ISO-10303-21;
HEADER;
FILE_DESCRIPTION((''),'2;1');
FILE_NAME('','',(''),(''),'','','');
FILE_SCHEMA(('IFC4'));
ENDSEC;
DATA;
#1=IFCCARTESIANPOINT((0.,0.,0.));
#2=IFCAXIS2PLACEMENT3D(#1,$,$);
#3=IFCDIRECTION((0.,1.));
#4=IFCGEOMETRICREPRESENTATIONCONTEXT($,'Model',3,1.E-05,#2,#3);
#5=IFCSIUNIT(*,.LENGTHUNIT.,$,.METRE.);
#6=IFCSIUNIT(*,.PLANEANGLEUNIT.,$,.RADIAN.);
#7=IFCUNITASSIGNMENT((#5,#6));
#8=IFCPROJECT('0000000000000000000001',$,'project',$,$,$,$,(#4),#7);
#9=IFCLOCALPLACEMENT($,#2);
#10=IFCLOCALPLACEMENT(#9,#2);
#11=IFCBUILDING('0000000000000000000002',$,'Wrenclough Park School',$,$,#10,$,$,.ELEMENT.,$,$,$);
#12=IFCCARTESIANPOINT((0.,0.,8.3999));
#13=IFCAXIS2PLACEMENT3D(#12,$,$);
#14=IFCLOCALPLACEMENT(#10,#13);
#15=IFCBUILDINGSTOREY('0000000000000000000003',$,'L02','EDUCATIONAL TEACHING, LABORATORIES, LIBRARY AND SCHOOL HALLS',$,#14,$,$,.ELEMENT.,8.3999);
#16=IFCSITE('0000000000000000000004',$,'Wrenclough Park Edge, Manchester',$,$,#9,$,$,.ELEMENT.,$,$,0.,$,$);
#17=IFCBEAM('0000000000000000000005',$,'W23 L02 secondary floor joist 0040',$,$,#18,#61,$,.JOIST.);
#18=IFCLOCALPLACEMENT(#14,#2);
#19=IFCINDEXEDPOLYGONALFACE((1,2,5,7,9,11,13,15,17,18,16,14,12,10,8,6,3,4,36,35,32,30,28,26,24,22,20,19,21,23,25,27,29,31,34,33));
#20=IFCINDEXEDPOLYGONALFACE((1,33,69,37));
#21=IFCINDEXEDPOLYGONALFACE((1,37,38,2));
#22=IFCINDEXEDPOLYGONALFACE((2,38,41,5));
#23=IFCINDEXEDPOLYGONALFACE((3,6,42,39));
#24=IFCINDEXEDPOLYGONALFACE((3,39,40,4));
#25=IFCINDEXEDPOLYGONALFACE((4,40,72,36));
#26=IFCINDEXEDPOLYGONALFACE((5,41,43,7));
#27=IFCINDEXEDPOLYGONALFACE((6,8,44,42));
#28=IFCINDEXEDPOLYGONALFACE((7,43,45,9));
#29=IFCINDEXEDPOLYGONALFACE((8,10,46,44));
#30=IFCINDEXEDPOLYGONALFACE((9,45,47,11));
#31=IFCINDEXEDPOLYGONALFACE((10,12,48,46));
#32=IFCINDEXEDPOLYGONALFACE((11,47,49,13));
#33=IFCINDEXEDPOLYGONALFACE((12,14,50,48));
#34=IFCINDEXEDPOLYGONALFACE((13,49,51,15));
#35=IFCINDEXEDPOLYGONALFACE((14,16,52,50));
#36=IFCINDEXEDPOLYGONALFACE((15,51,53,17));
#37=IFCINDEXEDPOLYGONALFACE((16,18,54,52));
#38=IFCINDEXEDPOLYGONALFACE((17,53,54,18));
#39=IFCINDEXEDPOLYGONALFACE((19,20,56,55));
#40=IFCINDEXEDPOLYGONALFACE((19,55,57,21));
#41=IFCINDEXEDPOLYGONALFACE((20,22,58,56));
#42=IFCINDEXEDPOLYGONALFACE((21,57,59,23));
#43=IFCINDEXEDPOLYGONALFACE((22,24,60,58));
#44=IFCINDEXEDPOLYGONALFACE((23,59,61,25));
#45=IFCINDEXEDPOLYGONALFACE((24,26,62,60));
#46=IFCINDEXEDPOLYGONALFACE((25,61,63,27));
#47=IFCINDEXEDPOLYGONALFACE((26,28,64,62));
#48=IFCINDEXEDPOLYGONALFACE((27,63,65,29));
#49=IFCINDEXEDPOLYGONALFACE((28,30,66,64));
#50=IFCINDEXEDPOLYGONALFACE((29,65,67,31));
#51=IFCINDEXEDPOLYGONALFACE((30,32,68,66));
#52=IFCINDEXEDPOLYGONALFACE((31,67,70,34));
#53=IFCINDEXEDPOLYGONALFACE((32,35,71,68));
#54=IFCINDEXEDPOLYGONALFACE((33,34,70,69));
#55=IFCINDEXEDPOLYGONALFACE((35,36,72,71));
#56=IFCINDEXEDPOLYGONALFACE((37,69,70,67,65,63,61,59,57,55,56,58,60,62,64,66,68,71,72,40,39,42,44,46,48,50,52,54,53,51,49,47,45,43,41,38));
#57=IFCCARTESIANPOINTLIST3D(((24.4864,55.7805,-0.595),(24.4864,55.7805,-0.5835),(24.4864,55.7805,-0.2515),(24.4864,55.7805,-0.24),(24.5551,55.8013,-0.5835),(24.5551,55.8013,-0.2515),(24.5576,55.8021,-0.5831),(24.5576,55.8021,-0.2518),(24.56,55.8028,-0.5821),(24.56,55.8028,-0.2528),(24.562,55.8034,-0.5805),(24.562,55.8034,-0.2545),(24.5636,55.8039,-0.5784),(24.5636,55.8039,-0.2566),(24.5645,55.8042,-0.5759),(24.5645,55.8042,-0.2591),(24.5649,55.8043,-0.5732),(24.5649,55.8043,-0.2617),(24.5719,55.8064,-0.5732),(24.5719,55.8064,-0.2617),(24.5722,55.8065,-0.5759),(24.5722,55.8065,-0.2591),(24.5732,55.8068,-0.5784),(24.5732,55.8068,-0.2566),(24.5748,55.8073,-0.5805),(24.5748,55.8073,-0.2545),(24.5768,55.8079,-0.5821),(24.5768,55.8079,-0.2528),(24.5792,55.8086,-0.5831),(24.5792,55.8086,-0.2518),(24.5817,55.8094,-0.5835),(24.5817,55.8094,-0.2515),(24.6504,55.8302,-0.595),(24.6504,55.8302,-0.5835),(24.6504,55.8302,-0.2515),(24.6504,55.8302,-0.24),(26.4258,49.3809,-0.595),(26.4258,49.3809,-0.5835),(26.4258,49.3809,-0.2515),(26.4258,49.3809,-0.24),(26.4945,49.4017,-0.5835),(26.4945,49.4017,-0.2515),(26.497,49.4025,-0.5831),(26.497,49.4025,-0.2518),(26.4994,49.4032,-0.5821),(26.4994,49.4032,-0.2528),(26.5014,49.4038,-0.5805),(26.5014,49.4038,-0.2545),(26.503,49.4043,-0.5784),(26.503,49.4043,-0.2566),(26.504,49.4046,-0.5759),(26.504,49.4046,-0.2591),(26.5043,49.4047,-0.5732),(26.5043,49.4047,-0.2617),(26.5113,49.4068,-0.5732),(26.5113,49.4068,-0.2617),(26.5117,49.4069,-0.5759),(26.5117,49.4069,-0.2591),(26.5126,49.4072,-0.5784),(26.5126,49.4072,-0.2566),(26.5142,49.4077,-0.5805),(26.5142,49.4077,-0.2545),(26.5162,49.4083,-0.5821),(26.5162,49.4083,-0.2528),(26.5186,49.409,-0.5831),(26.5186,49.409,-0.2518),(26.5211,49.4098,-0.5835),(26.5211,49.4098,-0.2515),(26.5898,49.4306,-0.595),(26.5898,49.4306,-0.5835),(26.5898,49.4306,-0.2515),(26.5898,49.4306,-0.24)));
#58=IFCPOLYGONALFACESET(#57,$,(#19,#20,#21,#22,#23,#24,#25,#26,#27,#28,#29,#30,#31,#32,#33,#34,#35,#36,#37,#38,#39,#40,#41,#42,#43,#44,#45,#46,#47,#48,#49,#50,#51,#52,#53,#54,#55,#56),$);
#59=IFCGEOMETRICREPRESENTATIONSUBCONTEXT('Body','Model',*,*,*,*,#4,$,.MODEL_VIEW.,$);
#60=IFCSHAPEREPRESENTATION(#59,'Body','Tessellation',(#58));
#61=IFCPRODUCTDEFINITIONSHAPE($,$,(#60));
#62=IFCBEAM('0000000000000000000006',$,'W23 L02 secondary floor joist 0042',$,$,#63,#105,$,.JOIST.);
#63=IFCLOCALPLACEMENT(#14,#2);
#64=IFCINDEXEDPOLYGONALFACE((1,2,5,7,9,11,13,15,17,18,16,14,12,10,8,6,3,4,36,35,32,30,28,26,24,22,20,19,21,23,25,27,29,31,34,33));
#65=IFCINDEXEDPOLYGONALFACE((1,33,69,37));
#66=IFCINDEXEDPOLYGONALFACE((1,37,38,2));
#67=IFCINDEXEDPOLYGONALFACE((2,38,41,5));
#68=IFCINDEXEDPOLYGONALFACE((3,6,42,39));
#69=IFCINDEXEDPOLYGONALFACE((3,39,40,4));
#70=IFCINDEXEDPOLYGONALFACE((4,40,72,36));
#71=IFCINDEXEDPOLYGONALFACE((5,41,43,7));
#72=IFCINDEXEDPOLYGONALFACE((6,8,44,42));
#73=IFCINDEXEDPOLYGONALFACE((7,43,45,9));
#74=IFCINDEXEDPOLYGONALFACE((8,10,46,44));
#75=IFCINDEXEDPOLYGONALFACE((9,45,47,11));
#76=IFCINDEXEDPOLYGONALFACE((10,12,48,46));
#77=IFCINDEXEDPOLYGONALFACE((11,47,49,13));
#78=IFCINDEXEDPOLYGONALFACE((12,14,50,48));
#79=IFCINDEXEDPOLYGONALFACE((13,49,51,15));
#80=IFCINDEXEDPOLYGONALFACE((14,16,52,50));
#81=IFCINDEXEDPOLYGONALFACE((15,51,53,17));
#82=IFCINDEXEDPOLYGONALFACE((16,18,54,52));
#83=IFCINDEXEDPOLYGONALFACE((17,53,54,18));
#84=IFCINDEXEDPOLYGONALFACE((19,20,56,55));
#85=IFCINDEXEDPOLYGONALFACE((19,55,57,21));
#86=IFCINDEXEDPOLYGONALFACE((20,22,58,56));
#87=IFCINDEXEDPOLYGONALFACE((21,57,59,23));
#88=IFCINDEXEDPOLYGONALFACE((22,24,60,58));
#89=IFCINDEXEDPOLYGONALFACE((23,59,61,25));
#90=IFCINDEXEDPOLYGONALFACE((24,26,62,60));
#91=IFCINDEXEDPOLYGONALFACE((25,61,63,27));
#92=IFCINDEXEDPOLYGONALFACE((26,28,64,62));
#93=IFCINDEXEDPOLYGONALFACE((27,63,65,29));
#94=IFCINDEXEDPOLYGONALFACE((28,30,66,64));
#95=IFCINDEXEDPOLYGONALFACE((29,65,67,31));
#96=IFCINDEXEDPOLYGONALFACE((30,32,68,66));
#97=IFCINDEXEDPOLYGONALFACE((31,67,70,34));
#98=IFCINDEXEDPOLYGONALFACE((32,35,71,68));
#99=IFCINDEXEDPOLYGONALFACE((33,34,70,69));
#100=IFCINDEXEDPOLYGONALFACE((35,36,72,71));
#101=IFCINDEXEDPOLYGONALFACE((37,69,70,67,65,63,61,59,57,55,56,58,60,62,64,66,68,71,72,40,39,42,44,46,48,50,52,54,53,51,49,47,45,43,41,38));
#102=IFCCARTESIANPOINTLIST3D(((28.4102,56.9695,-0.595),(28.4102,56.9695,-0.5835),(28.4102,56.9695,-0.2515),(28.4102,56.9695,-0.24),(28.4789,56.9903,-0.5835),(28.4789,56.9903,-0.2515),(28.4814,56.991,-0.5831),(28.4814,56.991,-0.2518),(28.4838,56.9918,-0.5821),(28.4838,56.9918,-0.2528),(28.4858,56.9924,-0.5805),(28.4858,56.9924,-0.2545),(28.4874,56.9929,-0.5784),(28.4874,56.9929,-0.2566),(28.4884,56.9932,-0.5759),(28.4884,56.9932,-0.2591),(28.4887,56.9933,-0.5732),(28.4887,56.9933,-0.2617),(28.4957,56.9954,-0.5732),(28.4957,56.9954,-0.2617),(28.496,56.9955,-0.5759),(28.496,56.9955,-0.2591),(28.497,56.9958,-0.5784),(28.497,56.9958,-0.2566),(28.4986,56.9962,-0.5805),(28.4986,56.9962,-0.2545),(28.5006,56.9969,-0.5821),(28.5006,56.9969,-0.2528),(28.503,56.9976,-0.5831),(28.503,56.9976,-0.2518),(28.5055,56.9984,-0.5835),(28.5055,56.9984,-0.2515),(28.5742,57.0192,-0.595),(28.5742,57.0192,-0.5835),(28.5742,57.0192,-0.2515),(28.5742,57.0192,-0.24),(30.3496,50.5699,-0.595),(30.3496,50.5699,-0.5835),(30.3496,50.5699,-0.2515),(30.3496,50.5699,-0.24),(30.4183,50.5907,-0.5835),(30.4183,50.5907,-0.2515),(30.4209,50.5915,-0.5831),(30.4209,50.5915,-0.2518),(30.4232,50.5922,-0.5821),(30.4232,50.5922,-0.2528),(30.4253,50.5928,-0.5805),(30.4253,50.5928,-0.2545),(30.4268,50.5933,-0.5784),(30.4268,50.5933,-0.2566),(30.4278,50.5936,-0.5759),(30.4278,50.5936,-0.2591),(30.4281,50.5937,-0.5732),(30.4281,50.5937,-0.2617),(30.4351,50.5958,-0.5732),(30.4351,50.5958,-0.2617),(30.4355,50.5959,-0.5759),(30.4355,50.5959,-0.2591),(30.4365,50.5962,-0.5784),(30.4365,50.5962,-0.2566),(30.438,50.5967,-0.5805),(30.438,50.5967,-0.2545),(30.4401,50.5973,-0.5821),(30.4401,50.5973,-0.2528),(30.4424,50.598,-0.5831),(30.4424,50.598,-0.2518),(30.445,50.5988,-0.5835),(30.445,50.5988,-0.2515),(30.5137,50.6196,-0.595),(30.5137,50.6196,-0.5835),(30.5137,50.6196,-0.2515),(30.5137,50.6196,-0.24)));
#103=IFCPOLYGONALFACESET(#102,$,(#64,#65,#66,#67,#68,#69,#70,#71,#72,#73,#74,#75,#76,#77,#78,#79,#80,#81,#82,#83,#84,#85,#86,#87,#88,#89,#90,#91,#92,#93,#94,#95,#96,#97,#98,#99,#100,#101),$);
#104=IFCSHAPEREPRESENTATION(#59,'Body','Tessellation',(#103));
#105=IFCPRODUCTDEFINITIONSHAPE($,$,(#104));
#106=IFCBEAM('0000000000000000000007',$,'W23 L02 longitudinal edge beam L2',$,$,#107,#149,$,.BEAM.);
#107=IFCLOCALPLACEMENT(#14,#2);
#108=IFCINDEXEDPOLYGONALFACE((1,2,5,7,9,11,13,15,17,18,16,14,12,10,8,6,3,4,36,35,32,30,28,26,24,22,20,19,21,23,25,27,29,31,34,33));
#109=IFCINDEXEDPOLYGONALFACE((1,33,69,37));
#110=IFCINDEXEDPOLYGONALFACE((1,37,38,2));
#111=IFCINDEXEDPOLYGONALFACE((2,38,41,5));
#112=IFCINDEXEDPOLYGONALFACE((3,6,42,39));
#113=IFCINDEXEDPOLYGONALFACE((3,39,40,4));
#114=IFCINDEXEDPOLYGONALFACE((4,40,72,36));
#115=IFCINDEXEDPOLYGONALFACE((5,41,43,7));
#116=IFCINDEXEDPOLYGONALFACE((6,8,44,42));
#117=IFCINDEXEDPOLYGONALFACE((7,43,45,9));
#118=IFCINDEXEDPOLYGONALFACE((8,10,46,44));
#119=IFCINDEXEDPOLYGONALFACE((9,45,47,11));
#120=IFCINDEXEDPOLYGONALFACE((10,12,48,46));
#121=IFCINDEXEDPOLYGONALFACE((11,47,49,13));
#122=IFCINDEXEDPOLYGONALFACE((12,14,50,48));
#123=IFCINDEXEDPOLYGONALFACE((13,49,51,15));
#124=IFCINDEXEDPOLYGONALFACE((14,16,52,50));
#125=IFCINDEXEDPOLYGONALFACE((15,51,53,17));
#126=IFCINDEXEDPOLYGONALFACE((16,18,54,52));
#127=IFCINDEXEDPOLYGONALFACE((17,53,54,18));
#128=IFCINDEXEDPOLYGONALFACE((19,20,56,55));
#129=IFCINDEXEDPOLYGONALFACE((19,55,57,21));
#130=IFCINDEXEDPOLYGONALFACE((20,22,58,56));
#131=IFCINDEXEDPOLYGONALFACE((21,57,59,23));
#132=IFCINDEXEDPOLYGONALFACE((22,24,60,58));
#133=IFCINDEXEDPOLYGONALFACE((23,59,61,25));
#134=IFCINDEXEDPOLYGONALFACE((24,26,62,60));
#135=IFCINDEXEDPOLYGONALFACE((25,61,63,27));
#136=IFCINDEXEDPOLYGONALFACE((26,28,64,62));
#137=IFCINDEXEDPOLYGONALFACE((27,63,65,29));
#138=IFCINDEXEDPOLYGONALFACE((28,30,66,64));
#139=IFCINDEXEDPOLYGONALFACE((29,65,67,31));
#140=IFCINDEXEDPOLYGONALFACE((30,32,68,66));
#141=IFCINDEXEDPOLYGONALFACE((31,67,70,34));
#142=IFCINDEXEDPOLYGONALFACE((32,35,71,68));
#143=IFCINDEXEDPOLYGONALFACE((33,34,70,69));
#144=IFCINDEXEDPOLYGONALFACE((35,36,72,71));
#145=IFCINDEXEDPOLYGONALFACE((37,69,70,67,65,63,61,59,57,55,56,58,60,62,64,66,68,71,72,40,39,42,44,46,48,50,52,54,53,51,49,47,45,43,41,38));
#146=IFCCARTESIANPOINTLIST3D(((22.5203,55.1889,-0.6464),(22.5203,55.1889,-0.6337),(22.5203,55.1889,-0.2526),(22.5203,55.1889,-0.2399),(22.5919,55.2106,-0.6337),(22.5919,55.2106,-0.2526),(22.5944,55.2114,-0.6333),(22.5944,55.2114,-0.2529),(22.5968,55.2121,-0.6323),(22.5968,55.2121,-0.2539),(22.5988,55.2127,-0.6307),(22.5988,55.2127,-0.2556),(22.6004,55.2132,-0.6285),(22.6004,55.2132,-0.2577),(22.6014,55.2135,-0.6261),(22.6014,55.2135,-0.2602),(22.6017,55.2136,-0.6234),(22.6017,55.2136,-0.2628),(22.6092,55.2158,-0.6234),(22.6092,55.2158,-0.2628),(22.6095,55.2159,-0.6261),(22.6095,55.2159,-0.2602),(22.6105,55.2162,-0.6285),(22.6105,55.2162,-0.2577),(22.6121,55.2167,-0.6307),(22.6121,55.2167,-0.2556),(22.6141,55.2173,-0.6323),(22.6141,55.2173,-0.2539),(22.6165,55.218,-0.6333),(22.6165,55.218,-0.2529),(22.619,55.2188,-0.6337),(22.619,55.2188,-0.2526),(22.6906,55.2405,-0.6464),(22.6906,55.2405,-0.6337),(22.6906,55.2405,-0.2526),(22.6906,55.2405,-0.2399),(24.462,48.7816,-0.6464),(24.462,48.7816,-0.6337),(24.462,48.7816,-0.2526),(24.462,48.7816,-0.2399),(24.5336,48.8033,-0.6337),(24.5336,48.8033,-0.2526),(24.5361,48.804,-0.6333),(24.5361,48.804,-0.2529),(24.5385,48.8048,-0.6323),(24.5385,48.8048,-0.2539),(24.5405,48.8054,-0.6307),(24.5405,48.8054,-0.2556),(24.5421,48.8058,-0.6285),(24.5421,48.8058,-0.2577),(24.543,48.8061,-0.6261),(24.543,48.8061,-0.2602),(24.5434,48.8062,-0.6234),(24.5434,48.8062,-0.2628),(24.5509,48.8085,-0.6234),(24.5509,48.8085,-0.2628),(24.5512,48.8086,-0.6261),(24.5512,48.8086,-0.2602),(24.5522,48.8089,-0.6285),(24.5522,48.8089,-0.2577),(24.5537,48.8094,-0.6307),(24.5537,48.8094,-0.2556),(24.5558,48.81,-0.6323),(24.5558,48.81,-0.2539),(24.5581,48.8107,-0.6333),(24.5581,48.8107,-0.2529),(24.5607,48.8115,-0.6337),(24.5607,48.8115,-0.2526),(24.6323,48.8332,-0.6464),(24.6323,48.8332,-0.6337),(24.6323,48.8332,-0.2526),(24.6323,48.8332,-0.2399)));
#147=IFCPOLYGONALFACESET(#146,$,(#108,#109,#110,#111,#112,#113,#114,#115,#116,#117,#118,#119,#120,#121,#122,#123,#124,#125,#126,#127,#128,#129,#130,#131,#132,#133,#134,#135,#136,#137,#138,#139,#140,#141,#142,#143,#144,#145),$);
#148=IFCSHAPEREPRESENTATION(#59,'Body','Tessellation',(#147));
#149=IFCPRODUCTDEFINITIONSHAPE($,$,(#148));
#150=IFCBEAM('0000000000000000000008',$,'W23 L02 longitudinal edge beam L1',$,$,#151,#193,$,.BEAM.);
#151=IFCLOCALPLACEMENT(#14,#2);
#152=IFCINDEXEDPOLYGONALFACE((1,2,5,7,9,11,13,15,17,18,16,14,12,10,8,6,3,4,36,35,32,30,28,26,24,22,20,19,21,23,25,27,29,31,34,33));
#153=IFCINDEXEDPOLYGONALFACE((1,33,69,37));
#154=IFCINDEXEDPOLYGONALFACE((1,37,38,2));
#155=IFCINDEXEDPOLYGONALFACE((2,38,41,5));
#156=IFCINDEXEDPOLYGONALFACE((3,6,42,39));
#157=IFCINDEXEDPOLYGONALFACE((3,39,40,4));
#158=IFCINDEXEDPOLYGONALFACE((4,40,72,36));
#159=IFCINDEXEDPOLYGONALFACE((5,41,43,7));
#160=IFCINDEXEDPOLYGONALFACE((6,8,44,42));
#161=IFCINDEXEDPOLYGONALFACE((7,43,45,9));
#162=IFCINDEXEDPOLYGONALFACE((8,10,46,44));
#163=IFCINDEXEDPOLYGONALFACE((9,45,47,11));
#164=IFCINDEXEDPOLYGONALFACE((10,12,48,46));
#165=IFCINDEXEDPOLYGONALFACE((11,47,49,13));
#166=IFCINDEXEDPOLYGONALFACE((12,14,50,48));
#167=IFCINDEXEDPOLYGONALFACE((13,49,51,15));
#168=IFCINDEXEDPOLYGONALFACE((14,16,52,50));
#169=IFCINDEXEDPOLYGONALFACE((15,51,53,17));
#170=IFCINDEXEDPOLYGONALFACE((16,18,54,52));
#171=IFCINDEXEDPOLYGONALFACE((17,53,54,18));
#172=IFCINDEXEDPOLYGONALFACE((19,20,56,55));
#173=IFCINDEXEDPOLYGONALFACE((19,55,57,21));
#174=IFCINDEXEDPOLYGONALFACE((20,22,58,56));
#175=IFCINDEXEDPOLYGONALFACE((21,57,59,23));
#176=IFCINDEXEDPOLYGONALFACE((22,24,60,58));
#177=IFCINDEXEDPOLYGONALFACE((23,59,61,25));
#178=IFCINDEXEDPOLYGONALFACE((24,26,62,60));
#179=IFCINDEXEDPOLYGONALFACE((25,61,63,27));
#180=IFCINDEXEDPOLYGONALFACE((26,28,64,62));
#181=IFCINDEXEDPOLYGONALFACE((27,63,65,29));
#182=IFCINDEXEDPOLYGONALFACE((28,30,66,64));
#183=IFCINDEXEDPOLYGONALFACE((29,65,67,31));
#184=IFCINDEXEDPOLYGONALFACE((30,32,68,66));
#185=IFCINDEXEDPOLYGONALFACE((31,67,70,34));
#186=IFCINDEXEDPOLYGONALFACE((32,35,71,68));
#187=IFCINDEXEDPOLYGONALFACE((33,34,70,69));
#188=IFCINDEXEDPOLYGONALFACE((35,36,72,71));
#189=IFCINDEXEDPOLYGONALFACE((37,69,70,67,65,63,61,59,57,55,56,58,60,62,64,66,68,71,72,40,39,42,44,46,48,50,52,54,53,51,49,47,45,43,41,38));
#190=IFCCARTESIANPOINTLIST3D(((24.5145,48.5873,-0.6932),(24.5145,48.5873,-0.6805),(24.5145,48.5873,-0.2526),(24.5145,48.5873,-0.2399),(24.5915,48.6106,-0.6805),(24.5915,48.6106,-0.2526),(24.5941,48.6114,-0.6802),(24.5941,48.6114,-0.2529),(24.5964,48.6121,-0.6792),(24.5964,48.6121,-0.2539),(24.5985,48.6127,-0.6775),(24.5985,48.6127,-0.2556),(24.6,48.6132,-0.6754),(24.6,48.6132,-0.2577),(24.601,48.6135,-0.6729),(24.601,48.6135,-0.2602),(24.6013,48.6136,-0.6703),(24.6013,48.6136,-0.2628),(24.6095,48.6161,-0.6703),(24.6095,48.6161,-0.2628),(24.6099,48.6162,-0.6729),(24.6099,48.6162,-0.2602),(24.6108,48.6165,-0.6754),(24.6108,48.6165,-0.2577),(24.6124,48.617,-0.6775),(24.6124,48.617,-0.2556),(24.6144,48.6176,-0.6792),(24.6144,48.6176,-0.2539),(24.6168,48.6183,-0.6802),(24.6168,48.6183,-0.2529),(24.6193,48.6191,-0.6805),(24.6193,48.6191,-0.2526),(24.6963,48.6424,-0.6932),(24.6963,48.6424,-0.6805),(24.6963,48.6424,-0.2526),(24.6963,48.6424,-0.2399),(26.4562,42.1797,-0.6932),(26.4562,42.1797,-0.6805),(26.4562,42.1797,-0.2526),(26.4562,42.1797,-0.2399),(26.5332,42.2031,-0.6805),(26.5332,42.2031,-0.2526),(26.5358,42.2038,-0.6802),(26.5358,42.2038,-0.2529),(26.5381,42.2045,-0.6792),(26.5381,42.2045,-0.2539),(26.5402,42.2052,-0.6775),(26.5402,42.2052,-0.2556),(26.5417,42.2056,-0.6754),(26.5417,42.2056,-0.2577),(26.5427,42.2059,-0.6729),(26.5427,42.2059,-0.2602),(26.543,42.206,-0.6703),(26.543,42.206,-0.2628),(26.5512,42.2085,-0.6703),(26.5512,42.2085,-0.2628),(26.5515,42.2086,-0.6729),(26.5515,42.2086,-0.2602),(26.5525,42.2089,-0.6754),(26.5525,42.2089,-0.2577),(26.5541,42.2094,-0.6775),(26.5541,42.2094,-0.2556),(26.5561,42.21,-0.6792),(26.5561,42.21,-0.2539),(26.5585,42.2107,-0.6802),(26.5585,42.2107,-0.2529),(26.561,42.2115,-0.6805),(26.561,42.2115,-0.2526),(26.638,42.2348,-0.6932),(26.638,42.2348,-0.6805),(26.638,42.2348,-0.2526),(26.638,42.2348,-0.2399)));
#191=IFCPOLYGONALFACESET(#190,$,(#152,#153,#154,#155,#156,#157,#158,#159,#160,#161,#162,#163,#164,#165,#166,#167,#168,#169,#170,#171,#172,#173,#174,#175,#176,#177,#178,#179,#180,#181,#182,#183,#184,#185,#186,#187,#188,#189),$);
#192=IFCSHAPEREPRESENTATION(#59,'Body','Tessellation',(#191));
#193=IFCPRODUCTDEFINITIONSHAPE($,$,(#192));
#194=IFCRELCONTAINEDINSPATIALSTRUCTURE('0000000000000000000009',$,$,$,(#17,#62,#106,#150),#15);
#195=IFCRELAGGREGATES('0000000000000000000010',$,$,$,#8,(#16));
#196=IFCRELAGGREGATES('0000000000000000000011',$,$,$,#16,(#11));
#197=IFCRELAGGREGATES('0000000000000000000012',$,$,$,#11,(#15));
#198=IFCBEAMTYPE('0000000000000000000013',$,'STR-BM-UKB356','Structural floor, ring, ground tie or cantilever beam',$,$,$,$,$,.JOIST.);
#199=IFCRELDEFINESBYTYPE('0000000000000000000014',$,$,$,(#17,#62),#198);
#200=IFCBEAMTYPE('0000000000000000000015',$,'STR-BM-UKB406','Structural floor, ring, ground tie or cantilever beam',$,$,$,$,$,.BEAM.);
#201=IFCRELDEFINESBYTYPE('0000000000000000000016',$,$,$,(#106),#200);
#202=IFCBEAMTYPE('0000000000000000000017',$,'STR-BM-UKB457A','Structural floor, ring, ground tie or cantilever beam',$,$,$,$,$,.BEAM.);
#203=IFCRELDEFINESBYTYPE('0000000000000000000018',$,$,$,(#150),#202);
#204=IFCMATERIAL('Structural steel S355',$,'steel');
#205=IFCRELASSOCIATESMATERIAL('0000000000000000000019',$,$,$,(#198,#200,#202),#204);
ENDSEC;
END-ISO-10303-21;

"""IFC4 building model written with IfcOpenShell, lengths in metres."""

from ifc_helpers import new_model, si_unit, direction, frame, origin, origin_2d, place, context, subcontext, project, spatial, i_section, extrude, material, material_profile, profile_set, type_object, element, save


model = new_model("IFC4")

# Units and contexts
model_context = context("Model", 3, precision=1e-05, world=origin(), true_north=direction((0.0, 1.0)))
body_context = subcontext(model_context, "Body", "Model", "MODEL_VIEW")
ifc_project = project(units=[si_unit("LENGTHUNIT", "METRE"), si_unit("PLANEANGLEUNIT", "RADIAN")], contexts=[model_context])

# Site, building, storey
site_placement = place(None, origin())
site = spatial("IfcSite", under=ifc_project, at=site_placement, Name="Wrenclough Park Edge, Manchester", CompositionType="ELEMENT", RefElevation=0.0)
building_placement = place(site_placement, origin())
building = spatial("IfcBuilding", under=site, at=building_placement, Name="Wrenclough Park School", CompositionType="ELEMENT")
storey_placement = place(building_placement, frame((0.0, 0.0, 8.3999)))
storey = spatial("IfcBuildingStorey", under=building, at=storey_placement, Name="L02", Description="EDUCATIONAL TEACHING, LABORATORIES, LIBRARY AND SCHOOL HALLS", CompositionType="ELEMENT", Elevation=8.3999)

# Shared definitions
ifc_material_1 = material(Name="Structural steel S355", Category="steel")

# Beams
ifc_material_profile_1 = material_profile(ifc_material_1, i_section(OverallWidth=0.1714, OverallDepth=0.355, WebThickness=0.0073, FlangeThickness=0.0115, FilletRadius=0.0103, at=origin_2d()), Name="UKB 356x171x51")
ifc_profile_set_1 = profile_set([ifc_material_profile_1], Name="Structural steel S355")
beam_type_1 = type_object("IfcBeamType", Name="STR-BM-UKB356", Description="Structural floor, ring, ground tie or cantilever beam", PredefinedType="JOIST", material=ifc_profile_set_1)
for number, where, z_axis, x_axis, name in (
    (1, (26.5078, 49.4058, -0.4175), (-0.29003, 0.957018, 0.0), (-0.957018, -0.29003, 0.0), "W23 L02 secondary floor joist 0040"),
    (2, (30.4316, 50.5947, -0.4175), (-0.29003, 0.957018, 0.0), (-0.957018, -0.29003, 0.0), "W23 L02 secondary floor joist 0042"),
):
    element("IfcBeam", number, at=place(storey_placement, frame(where, z_axis=z_axis, x_axis=x_axis)), inside=storey, type_object=beam_type_1, Name=name, PredefinedType="JOIST", context=body_context, shape_type="SweptSolid", body=[
        extrude(i_section(OverallWidth=0.1714, OverallDepth=0.355, WebThickness=0.0073, FlangeThickness=0.0115, FilletRadius=0.0103, at=origin_2d()), origin(), (0.0, 0.0, 1.0), 6.687),
    ])
ifc_material_profile_2 = material_profile(ifc_material_1, i_section(OverallWidth=0.178, OverallDepth=0.4065, WebThickness=0.0078, FlangeThickness=0.0127, FilletRadius=0.0103, at=origin_2d()), Name="UKB 406x178x60")
ifc_profile_set_2 = profile_set([ifc_material_profile_2], Name="Structural steel S355")
beam_type_2 = type_object("IfcBeamType", Name="STR-BM-UKB406", Description="Structural floor, ring, ground tie or cantilever beam", PredefinedType="BEAM", material=ifc_profile_set_2)
beam_1_placement = place(storey_placement, frame((24.5471, 48.8074, -0.4431), z_axis=(-0.290017, 0.957022, 0.0), x_axis=(-0.957022, -0.290017, 0.0)))
element("IfcBeam", 3, at=beam_1_placement, inside=storey, type_object=beam_type_2, Name="W23 L02 longitudinal edge beam L2", PredefinedType="BEAM", context=body_context, shape_type="SweptSolid", body=[
    extrude(i_section(OverallWidth=0.178, OverallDepth=0.4065, WebThickness=0.0078, FlangeThickness=0.0127, FilletRadius=0.0103, at=origin_2d()), origin(), (0.0, 0.0, 1.0), 6.6951),
])
ifc_material_profile_3 = material_profile(ifc_material_1, i_section(OverallWidth=0.1899, OverallDepth=0.4534, WebThickness=0.0085, FlangeThickness=0.0127, FilletRadius=0.0103, at=origin_2d()), Name="UKB 457x191x67")
ifc_profile_set_3 = profile_set([ifc_material_profile_3], Name="Structural steel S355")
beam_type_3 = type_object("IfcBeamType", Name="STR-BM-UKB457A", Description="Structural floor, ring, ground tie or cantilever beam", PredefinedType="BEAM", material=ifc_profile_set_3)
beam_2_placement = place(storey_placement, frame((26.5471, 42.2073, -0.4666), z_axis=(-0.290006, 0.957025, 0.0), x_axis=(-0.957025, -0.290006, 0.0)))
element("IfcBeam", 4, at=beam_2_placement, inside=storey, type_object=beam_type_3, Name="W23 L02 longitudinal edge beam L1", PredefinedType="BEAM", context=body_context, shape_type="SweptSolid", body=[
    extrude(i_section(OverallWidth=0.1899, OverallDepth=0.4534, WebThickness=0.0085, FlangeThickness=0.0127, FilletRadius=0.0103, at=origin_2d()), origin(), (0.0, 0.0, 1.0), 6.6953),
])

save(model, "model.ifc")
